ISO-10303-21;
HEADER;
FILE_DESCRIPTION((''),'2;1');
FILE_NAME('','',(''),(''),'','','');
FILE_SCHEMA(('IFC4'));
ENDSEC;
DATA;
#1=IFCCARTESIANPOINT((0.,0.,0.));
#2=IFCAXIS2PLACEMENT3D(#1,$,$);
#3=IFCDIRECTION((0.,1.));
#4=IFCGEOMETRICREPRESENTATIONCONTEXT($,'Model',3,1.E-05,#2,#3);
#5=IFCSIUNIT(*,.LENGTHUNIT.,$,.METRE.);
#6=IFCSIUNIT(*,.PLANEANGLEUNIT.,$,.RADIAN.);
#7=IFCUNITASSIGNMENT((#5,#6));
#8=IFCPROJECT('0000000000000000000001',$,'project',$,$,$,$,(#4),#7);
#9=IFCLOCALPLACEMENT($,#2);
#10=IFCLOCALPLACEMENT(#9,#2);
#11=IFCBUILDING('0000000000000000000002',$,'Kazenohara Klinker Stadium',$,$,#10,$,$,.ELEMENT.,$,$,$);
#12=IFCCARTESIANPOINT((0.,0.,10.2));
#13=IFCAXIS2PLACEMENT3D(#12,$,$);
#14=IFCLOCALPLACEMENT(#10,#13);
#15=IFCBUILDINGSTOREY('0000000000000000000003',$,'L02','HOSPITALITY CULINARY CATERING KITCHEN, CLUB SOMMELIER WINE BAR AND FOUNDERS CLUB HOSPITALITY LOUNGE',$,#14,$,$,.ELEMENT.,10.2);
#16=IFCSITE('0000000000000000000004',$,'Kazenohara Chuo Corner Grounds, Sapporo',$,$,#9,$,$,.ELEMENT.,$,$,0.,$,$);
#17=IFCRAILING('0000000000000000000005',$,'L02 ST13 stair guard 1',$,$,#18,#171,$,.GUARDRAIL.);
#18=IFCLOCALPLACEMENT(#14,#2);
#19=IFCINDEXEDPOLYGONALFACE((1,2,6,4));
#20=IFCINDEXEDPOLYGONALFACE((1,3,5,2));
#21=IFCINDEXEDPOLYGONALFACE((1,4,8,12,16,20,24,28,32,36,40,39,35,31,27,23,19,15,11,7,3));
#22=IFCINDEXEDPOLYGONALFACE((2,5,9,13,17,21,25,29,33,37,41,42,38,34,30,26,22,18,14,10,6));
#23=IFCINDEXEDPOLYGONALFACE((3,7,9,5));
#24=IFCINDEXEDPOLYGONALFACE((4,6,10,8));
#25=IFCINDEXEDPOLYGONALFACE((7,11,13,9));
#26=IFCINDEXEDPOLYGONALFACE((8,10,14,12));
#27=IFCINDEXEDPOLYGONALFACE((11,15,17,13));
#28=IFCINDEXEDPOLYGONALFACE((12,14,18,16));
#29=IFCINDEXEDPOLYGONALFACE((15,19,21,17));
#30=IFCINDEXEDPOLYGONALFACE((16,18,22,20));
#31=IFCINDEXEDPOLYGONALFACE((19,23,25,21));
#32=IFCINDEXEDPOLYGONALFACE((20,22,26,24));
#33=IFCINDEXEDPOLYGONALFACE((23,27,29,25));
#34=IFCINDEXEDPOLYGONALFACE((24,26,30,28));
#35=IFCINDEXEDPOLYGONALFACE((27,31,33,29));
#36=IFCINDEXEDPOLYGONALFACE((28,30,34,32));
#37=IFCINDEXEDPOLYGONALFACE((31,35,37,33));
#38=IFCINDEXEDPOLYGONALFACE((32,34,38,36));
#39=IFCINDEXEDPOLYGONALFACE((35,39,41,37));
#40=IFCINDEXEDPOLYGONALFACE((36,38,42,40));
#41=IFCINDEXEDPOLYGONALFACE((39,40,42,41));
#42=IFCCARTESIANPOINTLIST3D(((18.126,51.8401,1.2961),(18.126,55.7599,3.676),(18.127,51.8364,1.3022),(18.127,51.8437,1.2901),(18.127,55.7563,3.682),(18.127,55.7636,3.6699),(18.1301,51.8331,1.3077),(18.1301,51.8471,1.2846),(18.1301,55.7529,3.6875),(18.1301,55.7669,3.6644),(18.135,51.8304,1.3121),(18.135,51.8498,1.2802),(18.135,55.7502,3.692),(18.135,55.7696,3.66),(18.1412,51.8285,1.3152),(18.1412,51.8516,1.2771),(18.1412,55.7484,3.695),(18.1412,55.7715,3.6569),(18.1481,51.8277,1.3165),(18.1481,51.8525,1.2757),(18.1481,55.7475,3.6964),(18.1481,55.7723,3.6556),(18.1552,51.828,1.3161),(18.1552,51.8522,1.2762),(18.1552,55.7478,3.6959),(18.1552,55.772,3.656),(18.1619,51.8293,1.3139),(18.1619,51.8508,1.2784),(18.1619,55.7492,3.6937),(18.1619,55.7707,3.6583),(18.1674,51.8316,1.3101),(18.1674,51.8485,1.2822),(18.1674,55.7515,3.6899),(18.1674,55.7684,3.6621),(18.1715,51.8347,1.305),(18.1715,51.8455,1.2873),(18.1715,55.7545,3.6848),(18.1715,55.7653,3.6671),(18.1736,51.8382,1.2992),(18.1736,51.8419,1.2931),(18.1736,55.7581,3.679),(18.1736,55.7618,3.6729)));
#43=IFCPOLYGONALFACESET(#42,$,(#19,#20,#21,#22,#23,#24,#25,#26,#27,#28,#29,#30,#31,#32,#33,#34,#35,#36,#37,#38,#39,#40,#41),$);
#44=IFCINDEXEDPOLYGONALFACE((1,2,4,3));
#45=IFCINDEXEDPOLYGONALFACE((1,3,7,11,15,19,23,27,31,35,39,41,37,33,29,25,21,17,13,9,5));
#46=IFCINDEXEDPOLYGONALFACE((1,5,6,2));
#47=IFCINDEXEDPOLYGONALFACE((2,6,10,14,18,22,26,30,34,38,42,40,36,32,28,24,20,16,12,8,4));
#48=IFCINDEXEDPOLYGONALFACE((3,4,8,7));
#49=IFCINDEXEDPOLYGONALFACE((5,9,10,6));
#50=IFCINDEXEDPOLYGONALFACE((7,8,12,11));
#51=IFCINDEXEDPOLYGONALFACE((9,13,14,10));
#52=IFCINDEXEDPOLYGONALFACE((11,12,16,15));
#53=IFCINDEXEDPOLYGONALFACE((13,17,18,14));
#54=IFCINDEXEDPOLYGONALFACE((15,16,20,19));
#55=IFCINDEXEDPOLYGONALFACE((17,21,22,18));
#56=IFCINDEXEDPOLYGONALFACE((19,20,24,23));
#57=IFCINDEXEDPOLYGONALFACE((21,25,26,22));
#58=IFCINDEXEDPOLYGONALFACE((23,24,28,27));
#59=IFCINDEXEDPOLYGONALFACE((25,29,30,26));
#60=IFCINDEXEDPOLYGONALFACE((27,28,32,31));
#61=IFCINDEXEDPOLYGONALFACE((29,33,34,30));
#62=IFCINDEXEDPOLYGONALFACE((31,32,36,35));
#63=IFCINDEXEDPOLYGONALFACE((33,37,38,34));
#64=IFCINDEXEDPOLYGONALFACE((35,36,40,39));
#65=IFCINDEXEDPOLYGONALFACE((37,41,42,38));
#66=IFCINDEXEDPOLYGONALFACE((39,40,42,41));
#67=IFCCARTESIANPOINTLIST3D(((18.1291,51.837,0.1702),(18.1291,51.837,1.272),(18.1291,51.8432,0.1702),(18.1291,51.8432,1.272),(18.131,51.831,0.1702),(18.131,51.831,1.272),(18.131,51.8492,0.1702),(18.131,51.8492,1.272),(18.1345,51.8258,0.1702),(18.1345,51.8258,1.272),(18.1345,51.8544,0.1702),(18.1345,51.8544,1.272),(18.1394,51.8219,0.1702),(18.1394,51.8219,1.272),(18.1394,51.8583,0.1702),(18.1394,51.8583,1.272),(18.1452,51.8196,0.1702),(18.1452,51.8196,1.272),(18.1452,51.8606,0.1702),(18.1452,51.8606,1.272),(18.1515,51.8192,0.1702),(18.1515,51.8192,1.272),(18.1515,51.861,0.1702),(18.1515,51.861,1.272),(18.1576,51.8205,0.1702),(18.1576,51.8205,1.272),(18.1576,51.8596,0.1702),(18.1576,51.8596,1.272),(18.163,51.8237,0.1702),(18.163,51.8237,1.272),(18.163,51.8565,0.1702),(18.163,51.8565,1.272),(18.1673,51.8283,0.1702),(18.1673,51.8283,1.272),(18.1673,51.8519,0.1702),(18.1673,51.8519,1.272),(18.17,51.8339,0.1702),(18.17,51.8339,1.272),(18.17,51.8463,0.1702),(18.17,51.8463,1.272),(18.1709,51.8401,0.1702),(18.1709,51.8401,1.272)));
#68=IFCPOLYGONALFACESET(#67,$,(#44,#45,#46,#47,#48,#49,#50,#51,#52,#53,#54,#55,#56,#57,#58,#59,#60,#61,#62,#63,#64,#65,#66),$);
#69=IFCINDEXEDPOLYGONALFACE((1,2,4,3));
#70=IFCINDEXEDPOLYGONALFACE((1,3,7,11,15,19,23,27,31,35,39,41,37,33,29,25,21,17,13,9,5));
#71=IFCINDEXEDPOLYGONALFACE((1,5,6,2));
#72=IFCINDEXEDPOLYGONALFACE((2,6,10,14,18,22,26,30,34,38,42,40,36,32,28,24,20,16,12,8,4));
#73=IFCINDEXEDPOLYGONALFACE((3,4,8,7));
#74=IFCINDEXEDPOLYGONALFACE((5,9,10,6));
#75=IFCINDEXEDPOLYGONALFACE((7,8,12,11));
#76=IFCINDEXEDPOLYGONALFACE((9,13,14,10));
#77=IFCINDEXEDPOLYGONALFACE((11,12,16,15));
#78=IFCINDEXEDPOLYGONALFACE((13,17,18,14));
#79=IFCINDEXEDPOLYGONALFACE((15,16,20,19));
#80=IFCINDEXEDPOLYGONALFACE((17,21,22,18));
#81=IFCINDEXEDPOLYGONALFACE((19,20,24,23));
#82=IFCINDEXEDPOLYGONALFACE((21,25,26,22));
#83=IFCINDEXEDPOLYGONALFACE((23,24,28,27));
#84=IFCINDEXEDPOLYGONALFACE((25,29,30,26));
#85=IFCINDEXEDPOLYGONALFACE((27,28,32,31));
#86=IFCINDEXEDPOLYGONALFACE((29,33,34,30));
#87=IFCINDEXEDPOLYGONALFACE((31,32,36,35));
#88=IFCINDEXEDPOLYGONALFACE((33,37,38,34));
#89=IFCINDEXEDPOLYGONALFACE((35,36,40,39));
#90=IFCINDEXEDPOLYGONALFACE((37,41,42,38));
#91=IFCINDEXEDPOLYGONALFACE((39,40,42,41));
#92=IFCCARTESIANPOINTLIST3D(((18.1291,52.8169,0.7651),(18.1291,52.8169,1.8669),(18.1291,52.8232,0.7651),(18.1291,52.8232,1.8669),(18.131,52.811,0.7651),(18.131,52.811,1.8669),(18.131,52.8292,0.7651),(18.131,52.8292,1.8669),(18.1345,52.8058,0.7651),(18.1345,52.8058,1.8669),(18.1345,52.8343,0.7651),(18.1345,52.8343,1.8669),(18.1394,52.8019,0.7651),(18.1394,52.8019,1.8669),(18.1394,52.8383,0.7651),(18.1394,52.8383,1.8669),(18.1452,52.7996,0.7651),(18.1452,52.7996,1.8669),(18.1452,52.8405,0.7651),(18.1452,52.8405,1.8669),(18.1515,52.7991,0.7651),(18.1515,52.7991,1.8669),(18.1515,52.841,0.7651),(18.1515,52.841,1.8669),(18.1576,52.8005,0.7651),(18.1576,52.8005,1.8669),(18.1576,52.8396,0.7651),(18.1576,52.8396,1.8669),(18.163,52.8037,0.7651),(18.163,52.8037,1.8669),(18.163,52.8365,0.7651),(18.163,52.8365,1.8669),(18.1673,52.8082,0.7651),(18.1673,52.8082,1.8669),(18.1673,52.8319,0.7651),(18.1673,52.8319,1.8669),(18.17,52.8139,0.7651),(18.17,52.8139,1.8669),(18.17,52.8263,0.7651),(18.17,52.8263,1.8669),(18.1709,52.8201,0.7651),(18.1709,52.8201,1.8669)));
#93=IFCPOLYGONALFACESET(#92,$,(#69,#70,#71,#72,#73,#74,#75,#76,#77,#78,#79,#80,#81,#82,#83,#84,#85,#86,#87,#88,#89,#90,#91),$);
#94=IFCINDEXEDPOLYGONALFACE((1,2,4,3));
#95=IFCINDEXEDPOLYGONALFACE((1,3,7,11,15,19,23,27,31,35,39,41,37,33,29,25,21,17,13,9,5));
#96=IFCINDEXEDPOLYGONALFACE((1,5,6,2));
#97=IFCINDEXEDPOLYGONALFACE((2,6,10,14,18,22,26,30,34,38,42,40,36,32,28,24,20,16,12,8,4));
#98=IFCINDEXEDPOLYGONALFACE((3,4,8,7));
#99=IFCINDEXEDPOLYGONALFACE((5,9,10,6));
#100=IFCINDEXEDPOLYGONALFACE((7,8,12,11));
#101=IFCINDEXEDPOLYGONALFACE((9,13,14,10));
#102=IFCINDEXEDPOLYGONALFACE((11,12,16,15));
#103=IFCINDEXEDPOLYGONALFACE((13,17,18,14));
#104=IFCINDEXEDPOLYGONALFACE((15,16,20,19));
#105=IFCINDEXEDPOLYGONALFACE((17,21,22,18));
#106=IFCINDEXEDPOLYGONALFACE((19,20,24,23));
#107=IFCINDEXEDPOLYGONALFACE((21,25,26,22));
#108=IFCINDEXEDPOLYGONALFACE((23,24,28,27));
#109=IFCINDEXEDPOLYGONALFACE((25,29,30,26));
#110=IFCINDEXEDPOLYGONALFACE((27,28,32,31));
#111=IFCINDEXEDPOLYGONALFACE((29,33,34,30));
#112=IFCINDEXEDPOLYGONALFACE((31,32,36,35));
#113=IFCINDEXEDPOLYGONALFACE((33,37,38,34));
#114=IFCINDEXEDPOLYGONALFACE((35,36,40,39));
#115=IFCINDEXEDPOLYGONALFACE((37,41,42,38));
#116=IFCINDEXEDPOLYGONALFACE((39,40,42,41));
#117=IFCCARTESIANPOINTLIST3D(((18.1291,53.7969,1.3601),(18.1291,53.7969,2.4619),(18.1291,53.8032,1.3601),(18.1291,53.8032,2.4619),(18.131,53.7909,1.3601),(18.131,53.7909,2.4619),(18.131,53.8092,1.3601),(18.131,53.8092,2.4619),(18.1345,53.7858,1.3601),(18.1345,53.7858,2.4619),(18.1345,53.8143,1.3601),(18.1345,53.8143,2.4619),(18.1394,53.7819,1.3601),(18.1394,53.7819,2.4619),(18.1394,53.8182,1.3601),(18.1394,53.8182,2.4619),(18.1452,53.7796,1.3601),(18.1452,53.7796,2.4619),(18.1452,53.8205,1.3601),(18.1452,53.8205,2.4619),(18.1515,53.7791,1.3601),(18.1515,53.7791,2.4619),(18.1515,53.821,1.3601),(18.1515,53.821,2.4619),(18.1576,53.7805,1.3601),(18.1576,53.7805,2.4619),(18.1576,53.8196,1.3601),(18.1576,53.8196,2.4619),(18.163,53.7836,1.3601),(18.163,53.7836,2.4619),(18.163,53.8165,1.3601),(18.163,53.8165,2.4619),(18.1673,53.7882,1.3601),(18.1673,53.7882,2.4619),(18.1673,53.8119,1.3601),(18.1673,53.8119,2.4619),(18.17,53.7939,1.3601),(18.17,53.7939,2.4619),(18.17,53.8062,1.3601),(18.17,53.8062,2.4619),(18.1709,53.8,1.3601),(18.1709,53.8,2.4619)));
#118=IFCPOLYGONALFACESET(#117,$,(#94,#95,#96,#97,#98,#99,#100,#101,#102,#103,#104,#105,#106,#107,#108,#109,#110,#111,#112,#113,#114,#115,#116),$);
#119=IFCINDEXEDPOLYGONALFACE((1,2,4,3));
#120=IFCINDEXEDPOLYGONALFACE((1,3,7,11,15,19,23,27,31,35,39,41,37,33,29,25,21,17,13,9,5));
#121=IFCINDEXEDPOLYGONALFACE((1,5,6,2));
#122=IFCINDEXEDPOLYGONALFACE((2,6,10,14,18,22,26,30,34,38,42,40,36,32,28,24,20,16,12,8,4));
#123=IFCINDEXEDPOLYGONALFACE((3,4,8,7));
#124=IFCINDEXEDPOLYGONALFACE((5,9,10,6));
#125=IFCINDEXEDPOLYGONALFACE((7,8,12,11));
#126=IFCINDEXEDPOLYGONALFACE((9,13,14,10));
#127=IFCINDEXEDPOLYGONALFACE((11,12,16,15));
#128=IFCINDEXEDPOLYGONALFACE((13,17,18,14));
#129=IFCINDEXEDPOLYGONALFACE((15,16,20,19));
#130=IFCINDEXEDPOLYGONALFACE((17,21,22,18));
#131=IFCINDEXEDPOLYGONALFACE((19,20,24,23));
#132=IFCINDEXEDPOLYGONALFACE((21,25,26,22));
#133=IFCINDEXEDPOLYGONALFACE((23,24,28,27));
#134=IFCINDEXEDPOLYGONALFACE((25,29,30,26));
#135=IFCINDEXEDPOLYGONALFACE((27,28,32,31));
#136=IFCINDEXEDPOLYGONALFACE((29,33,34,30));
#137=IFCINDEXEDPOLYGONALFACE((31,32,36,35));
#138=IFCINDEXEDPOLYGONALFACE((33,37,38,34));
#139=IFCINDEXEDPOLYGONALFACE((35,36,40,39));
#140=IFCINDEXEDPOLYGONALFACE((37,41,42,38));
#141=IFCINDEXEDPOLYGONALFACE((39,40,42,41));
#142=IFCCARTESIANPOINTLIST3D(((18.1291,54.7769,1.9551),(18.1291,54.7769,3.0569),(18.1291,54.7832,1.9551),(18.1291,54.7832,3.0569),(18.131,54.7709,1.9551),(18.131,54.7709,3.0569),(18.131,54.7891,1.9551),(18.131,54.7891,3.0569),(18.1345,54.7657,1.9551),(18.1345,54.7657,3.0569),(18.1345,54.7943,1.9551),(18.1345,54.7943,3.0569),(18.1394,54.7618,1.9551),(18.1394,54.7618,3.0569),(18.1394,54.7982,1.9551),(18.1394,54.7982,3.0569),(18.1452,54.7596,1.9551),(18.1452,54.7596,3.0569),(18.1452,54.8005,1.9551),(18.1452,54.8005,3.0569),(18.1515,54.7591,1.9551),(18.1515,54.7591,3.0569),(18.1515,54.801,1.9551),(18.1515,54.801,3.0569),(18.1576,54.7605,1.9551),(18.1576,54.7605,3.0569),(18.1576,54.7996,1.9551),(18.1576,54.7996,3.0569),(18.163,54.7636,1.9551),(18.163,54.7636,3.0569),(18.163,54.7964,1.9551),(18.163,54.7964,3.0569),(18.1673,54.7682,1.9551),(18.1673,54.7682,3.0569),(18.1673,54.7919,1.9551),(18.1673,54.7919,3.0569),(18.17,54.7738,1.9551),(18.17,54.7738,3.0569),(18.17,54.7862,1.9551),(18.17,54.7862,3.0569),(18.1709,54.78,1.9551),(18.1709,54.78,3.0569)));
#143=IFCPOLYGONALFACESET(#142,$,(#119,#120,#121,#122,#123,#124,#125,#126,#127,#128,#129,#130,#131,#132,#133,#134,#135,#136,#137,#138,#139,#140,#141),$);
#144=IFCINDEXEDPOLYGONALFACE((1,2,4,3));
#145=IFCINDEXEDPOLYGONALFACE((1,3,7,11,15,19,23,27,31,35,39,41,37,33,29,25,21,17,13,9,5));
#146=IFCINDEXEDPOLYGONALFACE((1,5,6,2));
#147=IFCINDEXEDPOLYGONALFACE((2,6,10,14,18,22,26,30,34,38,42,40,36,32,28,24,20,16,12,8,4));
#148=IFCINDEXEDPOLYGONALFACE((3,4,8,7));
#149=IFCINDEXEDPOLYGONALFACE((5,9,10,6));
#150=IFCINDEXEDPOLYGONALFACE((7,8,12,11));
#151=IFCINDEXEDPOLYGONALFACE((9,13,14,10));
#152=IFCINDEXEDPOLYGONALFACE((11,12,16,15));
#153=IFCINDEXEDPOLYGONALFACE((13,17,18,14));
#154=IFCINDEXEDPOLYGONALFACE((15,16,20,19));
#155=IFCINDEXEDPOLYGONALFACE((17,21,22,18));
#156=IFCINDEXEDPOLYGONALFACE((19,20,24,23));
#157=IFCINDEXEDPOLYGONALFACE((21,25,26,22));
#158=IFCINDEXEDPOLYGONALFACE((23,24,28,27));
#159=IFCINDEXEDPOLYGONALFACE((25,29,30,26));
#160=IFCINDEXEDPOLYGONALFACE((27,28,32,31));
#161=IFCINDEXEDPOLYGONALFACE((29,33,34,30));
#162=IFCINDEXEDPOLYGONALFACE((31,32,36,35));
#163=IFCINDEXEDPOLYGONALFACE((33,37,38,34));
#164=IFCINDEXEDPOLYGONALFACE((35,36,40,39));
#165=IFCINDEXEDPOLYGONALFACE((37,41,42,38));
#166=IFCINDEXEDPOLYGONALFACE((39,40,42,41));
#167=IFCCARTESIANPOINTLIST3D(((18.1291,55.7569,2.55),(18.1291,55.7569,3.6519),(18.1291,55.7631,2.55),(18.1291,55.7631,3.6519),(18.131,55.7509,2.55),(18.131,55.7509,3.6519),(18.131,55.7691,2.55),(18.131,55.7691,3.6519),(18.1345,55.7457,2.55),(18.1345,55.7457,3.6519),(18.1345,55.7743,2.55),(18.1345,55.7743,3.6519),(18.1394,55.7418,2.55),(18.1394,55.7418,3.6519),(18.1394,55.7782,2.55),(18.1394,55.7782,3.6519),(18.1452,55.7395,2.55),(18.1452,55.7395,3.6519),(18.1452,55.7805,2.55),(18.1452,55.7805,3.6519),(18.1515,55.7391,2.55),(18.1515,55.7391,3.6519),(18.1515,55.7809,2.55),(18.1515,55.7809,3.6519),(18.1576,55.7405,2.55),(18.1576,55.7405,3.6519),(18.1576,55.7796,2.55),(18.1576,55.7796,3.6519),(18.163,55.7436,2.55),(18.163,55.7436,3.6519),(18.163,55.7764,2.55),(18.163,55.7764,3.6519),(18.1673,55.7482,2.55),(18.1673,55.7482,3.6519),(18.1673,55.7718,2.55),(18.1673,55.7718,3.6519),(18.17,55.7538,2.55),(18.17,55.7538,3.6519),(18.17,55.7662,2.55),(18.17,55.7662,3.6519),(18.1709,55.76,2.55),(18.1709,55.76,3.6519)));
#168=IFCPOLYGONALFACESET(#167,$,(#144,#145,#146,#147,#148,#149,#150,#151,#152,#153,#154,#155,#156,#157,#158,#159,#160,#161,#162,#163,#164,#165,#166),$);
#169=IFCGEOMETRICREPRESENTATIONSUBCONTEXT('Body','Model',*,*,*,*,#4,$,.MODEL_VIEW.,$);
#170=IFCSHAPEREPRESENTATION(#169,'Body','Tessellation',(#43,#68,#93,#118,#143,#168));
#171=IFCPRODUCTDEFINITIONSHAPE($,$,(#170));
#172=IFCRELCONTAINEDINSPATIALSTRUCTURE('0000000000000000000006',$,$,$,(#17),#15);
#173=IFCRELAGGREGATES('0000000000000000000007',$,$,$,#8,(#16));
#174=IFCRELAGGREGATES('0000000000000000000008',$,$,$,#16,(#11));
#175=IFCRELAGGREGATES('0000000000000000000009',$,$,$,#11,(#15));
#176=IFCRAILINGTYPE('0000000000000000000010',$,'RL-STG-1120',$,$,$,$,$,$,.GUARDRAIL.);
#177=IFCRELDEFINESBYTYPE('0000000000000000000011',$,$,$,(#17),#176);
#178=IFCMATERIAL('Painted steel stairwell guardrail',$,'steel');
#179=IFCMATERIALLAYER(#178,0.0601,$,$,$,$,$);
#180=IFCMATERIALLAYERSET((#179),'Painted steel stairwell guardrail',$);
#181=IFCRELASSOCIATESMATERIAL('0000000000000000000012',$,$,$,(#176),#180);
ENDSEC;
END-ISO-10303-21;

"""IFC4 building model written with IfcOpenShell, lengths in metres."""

from ifc_helpers import new_model, si_unit, direction, frame, origin, origin_2d, place, context, subcontext, project, spatial, circle, extrude, material, layer, layer_set, type_object, element, save


model = new_model("IFC4")

# Units and contexts
model_context = context("Model", 3, precision=1e-05, world=origin(), true_north=direction((0.0, 1.0)))
body_context = subcontext(model_context, "Body", "Model", "MODEL_VIEW")
ifc_project = project(units=[si_unit("LENGTHUNIT", "METRE"), si_unit("PLANEANGLEUNIT", "RADIAN")], contexts=[model_context])

# Site, building, storey
site_placement = place(None, origin())
site = spatial("IfcSite", under=ifc_project, at=site_placement, Name="Kazenohara Chuo Corner Grounds, Sapporo", CompositionType="ELEMENT", RefElevation=0.0)
building_placement = place(site_placement, origin())
building = spatial("IfcBuilding", under=site, at=building_placement, Name="Kazenohara Klinker Stadium", CompositionType="ELEMENT")
storey_placement = place(building_placement, frame((0.0, 0.0, 10.2)))
storey = spatial("IfcBuildingStorey", under=building, at=storey_placement, Name="L02", Description="HOSPITALITY CULINARY CATERING KITCHEN, CLUB SOMMELIER WINE BAR AND FOUNDERS CLUB HOSPITALITY LOUNGE", CompositionType="ELEMENT", Elevation=10.2)

# Railing
ifc_material_1 = material(Name="Painted steel stairwell guardrail", Category="steel")
ifc_layer_1 = layer(ifc_material_1, 0.0601)
ifc_layer_set_1 = layer_set([ifc_layer_1], Name="Painted steel stairwell guardrail")
railing_type_1 = type_object("IfcRailingType", Name="RL-STG-1120", PredefinedType="GUARDRAIL", material=ifc_layer_set_1)
railing_1_placement = place(storey_placement, frame((18.1499, 51.8401, 0.1702)))
element("IfcRailing", 1, at=railing_1_placement, inside=storey, type_object=railing_type_1, Name="L02 ST13 stair guard 1", PredefinedType="GUARDRAIL", context=body_context, shape_type="SweptSolid", body=[
    extrude(circle(Radius=0.0239, at=origin_2d()), frame((0.0, 0.0, 1.126), z_axis=(0.0, 0.854794, 0.518967), x_axis=(-1.0, 0.0, 0.0)), (0.0, 0.0, 1.0), 4.5857),
    extrude(circle(Radius=0.021, at=origin_2d()), origin(), (0.0, 0.0, 1.0), 1.1018),
    extrude(circle(Radius=0.021, at=origin_2d()), frame((0.0, 0.98, 0.595)), (0.0, 0.0, 1.0), 1.1018),
    extrude(circle(Radius=0.021, at=origin_2d()), frame((0.0, 1.96, 1.1899)), (0.0, 0.0, 1.0), 1.1018),
    extrude(circle(Radius=0.021, at=origin_2d()), frame((0.0, 2.9399, 1.7849)), (0.0, 0.0, 1.0), 1.1018),
    extrude(circle(Radius=0.021, at=origin_2d()), frame((0.0, 3.9199, 2.3799)), (0.0, 0.0, 1.0), 1.1018),
])

save(model, "model.ifc")
